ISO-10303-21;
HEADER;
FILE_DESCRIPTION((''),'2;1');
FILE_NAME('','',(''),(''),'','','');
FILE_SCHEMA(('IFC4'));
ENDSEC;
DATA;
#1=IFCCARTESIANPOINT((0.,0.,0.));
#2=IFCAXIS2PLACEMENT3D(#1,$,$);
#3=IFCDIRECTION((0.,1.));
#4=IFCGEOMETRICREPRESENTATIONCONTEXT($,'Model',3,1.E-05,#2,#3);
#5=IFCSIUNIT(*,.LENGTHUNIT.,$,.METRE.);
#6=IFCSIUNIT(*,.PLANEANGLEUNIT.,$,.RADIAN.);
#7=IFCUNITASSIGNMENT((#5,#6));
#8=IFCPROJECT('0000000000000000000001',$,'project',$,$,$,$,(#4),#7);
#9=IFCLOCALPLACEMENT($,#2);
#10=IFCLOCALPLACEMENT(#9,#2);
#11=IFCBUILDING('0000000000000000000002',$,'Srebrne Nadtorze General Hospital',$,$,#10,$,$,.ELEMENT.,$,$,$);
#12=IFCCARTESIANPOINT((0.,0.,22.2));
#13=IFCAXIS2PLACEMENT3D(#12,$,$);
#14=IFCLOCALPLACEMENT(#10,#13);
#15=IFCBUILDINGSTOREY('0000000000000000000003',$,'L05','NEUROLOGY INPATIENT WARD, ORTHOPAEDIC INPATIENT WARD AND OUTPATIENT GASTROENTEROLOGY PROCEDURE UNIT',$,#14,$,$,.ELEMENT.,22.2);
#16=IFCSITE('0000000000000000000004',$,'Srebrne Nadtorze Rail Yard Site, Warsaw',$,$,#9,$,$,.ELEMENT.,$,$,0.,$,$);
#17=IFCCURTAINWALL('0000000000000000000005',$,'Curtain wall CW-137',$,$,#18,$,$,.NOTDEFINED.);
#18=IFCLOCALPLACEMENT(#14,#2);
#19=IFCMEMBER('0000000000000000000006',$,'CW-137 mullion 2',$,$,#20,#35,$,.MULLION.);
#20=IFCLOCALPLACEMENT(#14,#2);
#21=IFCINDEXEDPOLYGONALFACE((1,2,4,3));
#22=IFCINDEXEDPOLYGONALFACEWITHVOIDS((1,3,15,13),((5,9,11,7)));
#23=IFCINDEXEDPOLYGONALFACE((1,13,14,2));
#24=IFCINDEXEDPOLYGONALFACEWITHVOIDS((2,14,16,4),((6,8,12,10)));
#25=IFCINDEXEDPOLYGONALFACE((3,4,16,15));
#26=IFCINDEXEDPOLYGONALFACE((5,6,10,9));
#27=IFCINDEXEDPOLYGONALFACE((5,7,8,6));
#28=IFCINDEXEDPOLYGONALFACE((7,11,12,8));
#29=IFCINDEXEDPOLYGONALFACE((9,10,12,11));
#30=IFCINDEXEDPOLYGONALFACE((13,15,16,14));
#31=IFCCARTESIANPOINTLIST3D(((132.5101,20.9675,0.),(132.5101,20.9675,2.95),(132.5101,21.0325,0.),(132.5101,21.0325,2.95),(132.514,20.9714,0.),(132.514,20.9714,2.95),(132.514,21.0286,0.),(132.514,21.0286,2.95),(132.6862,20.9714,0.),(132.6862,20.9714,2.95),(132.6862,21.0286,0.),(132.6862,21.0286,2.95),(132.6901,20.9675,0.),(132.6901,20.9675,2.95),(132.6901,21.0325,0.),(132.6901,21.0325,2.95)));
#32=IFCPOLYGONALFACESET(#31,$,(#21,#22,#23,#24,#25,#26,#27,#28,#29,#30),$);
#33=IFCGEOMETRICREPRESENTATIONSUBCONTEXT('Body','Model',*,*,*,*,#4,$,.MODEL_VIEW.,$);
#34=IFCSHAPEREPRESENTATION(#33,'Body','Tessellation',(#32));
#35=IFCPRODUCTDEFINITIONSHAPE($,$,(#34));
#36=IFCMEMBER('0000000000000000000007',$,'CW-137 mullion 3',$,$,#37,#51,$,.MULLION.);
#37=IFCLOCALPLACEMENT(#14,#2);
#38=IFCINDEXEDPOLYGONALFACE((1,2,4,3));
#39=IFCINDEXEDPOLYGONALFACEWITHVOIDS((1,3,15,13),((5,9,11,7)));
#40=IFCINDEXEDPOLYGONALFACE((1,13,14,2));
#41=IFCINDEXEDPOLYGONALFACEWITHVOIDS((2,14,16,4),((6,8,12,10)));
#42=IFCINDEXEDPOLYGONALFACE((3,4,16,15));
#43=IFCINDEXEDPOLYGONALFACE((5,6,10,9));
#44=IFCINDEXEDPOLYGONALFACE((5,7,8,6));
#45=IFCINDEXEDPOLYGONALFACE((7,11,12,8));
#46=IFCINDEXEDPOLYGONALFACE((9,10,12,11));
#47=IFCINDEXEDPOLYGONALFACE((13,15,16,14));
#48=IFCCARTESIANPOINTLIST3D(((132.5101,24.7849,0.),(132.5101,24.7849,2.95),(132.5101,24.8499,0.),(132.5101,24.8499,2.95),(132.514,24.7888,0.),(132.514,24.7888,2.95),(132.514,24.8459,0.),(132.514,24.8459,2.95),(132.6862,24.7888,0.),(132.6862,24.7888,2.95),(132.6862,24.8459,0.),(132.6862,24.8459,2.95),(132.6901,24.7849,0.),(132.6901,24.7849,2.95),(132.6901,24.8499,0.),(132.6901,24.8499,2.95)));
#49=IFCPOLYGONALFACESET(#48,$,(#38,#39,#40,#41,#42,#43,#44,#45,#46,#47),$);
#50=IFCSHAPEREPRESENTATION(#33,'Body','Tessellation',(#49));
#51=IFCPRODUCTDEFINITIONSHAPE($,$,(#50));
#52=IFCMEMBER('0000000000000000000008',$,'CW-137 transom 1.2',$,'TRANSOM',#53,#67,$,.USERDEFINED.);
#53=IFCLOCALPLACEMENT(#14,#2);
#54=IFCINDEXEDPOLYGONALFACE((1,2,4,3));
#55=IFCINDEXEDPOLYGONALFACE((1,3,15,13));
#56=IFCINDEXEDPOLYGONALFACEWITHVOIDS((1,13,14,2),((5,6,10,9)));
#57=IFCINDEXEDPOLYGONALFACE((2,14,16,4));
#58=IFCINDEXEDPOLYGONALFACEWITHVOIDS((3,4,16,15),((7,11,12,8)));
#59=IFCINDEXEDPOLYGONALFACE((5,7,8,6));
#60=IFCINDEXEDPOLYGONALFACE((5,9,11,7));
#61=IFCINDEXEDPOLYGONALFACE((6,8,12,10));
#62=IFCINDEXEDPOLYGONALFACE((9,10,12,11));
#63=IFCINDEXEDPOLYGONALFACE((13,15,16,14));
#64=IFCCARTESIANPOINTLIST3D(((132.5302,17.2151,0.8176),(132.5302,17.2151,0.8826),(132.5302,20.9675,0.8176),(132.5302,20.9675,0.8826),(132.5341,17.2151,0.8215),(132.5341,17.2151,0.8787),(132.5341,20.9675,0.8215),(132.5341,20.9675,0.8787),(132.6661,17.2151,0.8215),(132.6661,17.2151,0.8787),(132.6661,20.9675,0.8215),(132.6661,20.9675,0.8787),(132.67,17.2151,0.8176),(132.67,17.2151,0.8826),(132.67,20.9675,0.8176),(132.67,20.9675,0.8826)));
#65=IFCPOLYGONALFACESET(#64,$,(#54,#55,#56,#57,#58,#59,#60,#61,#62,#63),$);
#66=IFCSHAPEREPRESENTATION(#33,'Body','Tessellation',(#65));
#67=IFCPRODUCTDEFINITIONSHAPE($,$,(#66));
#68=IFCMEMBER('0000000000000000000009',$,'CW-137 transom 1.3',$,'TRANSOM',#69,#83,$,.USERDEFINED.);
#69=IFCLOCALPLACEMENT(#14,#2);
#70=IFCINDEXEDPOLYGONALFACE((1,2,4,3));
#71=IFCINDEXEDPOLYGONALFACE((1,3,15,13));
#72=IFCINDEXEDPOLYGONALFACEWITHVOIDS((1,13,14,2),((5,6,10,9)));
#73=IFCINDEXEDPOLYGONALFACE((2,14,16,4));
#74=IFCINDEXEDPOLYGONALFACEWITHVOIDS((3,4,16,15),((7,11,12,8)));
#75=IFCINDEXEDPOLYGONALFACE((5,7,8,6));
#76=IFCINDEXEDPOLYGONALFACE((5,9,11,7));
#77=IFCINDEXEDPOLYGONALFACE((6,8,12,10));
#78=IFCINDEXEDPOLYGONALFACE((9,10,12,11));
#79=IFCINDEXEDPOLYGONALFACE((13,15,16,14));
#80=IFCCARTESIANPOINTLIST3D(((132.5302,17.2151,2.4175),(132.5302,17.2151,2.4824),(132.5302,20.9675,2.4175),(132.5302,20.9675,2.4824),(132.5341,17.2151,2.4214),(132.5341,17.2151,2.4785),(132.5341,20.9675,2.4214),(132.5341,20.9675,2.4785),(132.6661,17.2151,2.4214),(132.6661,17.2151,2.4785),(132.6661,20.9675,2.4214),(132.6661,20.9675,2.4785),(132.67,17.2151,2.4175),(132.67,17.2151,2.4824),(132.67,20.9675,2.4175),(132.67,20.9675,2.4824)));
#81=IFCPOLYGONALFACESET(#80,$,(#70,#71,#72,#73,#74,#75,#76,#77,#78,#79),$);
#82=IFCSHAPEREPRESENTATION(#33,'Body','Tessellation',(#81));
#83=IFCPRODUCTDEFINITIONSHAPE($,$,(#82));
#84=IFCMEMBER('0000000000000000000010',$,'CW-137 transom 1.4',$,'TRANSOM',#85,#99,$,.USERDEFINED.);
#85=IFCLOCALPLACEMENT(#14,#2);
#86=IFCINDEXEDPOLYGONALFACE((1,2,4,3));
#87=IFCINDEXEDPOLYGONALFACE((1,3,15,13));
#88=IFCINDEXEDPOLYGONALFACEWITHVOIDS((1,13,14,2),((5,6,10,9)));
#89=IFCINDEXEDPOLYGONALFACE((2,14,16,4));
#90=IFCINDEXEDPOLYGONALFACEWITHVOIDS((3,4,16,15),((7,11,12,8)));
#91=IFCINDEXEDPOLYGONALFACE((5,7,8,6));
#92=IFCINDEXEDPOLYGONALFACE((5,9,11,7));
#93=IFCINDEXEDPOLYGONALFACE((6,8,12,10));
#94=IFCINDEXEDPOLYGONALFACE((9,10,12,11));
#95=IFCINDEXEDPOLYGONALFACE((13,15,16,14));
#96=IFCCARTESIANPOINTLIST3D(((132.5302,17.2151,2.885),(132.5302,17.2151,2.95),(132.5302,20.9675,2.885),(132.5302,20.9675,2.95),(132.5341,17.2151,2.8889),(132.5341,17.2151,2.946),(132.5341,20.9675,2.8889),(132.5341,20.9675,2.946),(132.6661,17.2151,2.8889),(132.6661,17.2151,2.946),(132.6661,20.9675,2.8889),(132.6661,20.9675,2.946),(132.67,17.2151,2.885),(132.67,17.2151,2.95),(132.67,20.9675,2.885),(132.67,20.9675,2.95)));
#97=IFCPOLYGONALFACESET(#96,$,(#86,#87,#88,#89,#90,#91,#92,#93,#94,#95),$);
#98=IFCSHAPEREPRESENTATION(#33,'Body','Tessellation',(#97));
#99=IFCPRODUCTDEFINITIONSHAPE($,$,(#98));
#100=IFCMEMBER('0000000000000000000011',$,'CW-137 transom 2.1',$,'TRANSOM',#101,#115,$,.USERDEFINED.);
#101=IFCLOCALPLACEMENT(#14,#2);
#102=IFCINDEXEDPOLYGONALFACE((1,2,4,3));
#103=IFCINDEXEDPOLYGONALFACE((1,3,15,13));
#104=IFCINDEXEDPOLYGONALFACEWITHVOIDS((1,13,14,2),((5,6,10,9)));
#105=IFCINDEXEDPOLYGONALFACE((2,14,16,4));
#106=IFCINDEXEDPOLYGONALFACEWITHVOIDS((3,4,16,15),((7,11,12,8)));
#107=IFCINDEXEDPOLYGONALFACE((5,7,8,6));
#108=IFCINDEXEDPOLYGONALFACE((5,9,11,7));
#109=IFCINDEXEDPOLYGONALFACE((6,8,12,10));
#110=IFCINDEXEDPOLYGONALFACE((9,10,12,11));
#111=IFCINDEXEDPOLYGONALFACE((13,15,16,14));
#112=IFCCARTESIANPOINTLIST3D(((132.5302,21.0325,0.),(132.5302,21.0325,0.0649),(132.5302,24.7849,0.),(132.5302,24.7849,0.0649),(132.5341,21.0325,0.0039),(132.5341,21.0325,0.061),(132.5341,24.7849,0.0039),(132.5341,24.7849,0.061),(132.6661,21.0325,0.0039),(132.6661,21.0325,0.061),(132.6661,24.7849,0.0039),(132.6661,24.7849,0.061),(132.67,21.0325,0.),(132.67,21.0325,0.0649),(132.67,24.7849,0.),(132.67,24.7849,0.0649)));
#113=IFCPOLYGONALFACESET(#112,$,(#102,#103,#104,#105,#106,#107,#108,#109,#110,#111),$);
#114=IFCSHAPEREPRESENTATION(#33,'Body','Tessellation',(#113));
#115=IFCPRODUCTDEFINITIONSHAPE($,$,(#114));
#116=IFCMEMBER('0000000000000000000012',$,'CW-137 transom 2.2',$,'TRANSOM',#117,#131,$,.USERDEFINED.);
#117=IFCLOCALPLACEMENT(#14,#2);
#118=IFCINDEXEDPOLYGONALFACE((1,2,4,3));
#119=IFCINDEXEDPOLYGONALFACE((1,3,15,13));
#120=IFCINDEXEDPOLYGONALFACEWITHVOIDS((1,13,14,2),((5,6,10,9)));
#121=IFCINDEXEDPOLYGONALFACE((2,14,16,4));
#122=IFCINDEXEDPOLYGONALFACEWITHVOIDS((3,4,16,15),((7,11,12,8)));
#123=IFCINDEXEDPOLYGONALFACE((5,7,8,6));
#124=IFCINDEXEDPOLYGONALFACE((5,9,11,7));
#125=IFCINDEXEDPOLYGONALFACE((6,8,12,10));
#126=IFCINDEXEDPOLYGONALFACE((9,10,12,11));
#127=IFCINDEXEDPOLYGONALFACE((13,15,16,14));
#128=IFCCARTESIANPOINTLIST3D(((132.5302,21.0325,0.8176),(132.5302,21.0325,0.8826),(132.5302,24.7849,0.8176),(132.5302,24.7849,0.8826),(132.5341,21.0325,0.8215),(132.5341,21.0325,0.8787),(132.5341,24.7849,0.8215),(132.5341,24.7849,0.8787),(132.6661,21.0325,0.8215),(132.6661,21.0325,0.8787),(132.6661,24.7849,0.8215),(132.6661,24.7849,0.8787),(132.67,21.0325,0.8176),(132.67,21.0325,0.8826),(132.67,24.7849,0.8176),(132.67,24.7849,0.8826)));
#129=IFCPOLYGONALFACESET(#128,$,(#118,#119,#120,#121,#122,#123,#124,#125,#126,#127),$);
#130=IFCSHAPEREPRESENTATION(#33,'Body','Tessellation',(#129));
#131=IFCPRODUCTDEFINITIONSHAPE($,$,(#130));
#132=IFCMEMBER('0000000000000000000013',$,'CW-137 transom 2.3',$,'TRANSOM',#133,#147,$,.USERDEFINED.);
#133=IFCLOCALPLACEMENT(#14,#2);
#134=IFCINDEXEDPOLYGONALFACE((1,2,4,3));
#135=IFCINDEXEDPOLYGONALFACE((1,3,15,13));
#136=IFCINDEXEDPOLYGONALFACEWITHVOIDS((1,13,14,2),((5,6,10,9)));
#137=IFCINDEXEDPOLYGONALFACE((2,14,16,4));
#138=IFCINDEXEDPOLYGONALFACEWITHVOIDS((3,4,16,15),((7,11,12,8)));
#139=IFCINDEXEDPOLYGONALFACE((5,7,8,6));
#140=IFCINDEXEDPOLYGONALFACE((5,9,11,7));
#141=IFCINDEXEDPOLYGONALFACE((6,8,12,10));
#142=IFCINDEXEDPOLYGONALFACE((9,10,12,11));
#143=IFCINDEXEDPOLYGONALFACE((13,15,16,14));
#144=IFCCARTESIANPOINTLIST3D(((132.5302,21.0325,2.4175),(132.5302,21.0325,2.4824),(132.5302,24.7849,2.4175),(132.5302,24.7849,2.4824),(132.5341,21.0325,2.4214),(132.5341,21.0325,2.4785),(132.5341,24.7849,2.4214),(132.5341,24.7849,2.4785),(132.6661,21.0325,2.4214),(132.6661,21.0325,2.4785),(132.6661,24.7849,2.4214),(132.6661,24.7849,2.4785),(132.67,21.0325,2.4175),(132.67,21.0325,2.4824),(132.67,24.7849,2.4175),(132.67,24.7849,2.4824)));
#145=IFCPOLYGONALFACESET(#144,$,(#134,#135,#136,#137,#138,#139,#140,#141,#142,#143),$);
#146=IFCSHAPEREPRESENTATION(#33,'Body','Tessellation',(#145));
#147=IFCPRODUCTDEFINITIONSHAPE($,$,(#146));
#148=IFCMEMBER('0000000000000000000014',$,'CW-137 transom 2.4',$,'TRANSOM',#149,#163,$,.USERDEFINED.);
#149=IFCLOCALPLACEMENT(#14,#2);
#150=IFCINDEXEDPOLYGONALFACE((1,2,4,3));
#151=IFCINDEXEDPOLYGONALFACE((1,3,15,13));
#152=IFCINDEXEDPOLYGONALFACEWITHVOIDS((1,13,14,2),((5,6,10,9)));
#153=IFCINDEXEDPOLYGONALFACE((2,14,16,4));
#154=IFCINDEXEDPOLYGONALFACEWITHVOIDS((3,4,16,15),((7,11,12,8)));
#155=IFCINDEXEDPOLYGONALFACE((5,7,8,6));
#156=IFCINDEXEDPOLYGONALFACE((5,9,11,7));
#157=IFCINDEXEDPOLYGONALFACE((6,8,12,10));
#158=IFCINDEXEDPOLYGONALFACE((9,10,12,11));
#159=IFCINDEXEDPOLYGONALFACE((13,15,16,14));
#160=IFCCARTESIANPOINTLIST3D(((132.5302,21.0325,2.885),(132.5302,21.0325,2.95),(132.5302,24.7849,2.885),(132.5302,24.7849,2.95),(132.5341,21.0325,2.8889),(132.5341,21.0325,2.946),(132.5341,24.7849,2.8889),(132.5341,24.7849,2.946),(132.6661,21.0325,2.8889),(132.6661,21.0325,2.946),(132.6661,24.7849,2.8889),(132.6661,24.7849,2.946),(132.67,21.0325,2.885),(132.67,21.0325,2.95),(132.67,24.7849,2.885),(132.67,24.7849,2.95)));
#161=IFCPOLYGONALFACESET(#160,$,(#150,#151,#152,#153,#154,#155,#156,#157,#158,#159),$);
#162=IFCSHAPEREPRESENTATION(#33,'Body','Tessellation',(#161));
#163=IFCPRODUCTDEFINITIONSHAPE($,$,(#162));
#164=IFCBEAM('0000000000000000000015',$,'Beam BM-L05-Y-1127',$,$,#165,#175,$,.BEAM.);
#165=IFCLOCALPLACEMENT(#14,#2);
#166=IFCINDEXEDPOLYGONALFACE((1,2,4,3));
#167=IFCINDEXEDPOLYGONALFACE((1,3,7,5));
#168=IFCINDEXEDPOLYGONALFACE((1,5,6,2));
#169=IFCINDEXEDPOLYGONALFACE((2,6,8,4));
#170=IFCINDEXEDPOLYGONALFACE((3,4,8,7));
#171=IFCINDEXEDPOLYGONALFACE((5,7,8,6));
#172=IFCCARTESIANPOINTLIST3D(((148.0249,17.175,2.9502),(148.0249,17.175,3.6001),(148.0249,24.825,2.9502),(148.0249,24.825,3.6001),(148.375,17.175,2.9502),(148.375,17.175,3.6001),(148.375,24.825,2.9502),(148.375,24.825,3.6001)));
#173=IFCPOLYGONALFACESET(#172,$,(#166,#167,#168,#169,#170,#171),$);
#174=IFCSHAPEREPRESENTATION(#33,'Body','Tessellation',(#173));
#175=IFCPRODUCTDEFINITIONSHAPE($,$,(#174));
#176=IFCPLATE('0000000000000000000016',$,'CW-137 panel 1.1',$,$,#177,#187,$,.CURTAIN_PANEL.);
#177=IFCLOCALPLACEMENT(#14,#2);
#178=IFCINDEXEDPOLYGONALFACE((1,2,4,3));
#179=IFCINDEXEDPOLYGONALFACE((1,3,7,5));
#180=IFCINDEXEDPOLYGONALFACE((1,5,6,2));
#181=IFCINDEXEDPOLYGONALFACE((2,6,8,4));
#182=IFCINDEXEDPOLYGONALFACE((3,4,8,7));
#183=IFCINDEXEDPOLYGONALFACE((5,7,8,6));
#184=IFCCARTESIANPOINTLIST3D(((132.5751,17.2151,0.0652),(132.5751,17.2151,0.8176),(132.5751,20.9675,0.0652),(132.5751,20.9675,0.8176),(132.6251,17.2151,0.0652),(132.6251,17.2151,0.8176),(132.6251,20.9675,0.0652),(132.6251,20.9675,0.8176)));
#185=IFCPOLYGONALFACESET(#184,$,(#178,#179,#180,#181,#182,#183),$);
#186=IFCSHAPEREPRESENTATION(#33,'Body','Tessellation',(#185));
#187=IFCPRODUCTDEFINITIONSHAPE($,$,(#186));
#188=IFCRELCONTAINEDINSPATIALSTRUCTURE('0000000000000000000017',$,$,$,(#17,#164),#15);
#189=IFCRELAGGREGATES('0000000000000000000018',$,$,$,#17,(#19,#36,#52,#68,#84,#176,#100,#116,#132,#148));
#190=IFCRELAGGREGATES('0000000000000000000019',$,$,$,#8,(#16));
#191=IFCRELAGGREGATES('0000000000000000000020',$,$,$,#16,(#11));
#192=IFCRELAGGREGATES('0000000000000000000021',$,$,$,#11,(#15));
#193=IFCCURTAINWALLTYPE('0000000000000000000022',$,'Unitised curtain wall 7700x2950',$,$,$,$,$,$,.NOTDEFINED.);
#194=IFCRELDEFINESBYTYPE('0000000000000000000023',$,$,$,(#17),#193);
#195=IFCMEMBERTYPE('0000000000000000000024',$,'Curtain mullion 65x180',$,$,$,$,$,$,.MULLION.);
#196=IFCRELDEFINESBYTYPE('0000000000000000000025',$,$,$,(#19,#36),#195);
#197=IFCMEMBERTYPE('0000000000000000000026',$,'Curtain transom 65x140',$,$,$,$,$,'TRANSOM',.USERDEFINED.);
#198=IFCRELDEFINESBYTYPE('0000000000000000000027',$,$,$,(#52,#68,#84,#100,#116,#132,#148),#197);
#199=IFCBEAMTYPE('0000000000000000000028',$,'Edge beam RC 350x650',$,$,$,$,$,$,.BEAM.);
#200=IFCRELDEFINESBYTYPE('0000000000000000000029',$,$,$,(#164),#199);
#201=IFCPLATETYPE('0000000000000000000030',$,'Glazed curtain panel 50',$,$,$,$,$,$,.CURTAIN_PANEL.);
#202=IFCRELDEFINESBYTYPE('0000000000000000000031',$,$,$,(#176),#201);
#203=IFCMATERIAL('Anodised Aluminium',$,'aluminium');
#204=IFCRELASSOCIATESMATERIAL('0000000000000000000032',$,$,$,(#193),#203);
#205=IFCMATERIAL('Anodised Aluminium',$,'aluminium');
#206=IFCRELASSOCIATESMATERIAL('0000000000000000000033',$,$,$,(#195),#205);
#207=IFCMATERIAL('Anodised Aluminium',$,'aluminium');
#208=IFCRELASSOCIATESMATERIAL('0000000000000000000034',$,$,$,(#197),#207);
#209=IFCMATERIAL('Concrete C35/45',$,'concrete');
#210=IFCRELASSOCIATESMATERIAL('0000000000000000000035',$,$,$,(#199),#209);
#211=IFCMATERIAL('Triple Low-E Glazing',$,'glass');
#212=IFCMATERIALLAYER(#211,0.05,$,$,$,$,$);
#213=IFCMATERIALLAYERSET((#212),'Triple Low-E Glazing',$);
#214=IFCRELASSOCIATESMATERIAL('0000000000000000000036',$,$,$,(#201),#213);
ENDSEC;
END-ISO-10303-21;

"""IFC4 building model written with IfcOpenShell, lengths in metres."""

from ifc_helpers import new_model, si_unit, direction, frame, origin, origin_2d, place, context, subcontext, project, spatial, rectangle, hollow_rectangle, extrude, material, layer, layer_set, material_profile, profile_set, type_object, element, aggregate, save


model = new_model("IFC4")

# Units and contexts
model_context = context("Model", 3, precision=1e-05, world=origin(), true_north=direction((0.0, 1.0)))
body_context = subcontext(model_context, "Body", "Model", "MODEL_VIEW")
ifc_project = project(units=[si_unit("LENGTHUNIT", "METRE"), si_unit("PLANEANGLEUNIT", "RADIAN")], contexts=[model_context])

# Site, building, storey
site_placement = place(None, origin())
site = spatial("IfcSite", under=ifc_project, at=site_placement, Name="Srebrne Nadtorze Rail Yard Site, Warsaw", CompositionType="ELEMENT", RefElevation=0.0)
building_placement = place(site_placement, origin())
building = spatial("IfcBuilding", under=site, at=building_placement, Name="Srebrne Nadtorze General Hospital", CompositionType="ELEMENT")
storey_placement = place(building_placement, frame((0.0, 0.0, 22.2)))
storey = spatial("IfcBuildingStorey", under=building, at=storey_placement, Name="L05", Description="NEUROLOGY INPATIENT WARD, ORTHOPAEDIC INPATIENT WARD AND OUTPATIENT GASTROENTEROLOGY PROCEDURE UNIT", CompositionType="ELEMENT", Elevation=22.2)

# Curtain wall, members
ifc_material_1 = material(Name="Anodised Aluminium", Category="aluminium")
curtain_wall_type = type_object("IfcCurtainWallType", Name="Unitised curtain wall 7700x2950", PredefinedType="NOTDEFINED", material=ifc_material_1)
curtain_wall_placement = place(storey_placement, origin())
curtain_wall = element("IfcCurtainWall", 1, at=curtain_wall_placement, inside=storey, type_object=curtain_wall_type, Name="Curtain wall CW-137", PredefinedType="NOTDEFINED")
ifc_material_2 = material(Name="Anodised Aluminium", Category="aluminium")
ifc_material_profile_1 = material_profile(ifc_material_2, hollow_rectangle(XDim=0.0649, YDim=0.1799, WallThickness=0.0039, at=origin_2d()), Name="AL-MUL-65x180")
ifc_profile_set_1 = profile_set([ifc_material_profile_1], Name="Anodised Aluminium")
member_type_1 = type_object("IfcMemberType", Name="Curtain mullion 65x180", PredefinedType="MULLION", material=ifc_profile_set_1)
member_1_placement = place(storey_placement, frame((132.6001, 21.0, 0.0), z_axis=(0.0, 0.0, 1.0), x_axis=(0.0, 1.0, 0.0)))
member_1 = element("IfcMember", 2, at=member_1_placement, type_object=member_type_1, Name="CW-137 mullion 2", PredefinedType="MULLION", context=body_context, shape_type="SweptSolid", body=[
    extrude(hollow_rectangle(XDim=0.0649, YDim=0.1799, WallThickness=0.0039, at=origin_2d()), origin(), (0.0, 0.0, 1.0), 2.95),
])
member_2_placement = place(storey_placement, frame((132.6001, 24.8174, 0.0), z_axis=(0.0, 0.0, 1.0), x_axis=(0.0, 1.0, 0.0)))
member_2 = element("IfcMember", 3, at=member_2_placement, type_object=member_type_1, Name="CW-137 mullion 3", PredefinedType="MULLION", context=body_context, shape_type="SweptSolid", body=[
    extrude(hollow_rectangle(XDim=0.0649, YDim=0.1799, WallThickness=0.0039, at=origin_2d()), origin(), (0.0, 0.0, 1.0), 2.95),
])
ifc_material_3 = material(Name="Anodised Aluminium", Category="aluminium")
ifc_material_profile_2 = material_profile(ifc_material_3, hollow_rectangle(XDim=0.0649, YDim=0.1399, WallThickness=0.0039, at=origin_2d()), Name="AL-TRN-65x140")
ifc_profile_set_2 = profile_set([ifc_material_profile_2], Name="Anodised Aluminium")
member_type_2 = type_object("IfcMemberType", Name="Curtain transom 65x140", ElementType="TRANSOM", PredefinedType="USERDEFINED", material=ifc_profile_set_2)
member_3_placement = place(storey_placement, frame((132.6001, 17.2151, 0.8501), z_axis=(0.0, 1.0, 0.0), x_axis=(0.0, 0.0, 1.0)))
member_3 = element("IfcMember", 4, at=member_3_placement, type_object=member_type_2, Name="CW-137 transom 1.2", ObjectType="TRANSOM", PredefinedType="USERDEFINED", context=body_context, shape_type="SweptSolid", body=[
    extrude(hollow_rectangle(XDim=0.0649, YDim=0.1399, WallThickness=0.0039, at=origin_2d()), origin(), (0.0, 0.0, 1.0), 3.7524),
])
member_4_placement = place(storey_placement, frame((132.6001, 17.2151, 2.45), z_axis=(0.0, 1.0, 0.0), x_axis=(0.0, 0.0, 1.0)))
member_4 = element("IfcMember", 5, at=member_4_placement, type_object=member_type_2, Name="CW-137 transom 1.3", ObjectType="TRANSOM", PredefinedType="USERDEFINED", context=body_context, shape_type="SweptSolid", body=[
    extrude(hollow_rectangle(XDim=0.0649, YDim=0.1399, WallThickness=0.0039, at=origin_2d()), origin(), (0.0, 0.0, 1.0), 3.7524),
])
member_5_placement = place(storey_placement, frame((132.6001, 17.2151, 2.9175), z_axis=(0.0, 1.0, 0.0), x_axis=(0.0, 0.0, 1.0)))
member_5 = element("IfcMember", 6, at=member_5_placement, type_object=member_type_2, Name="CW-137 transom 1.4", ObjectType="TRANSOM", PredefinedType="USERDEFINED", context=body_context, shape_type="SweptSolid", body=[
    extrude(hollow_rectangle(XDim=0.0649, YDim=0.1399, WallThickness=0.0039, at=origin_2d()), origin(), (0.0, 0.0, 1.0), 3.7524),
])
member_6_placement = place(storey_placement, frame((132.6001, 21.0325, 0.0325), z_axis=(0.0, 1.0, 0.0), x_axis=(0.0, 0.0, 1.0)))
member_6 = element("IfcMember", 7, at=member_6_placement, type_object=member_type_2, Name="CW-137 transom 2.1", ObjectType="TRANSOM", PredefinedType="USERDEFINED", context=body_context, shape_type="SweptSolid", body=[
    extrude(hollow_rectangle(XDim=0.0649, YDim=0.1399, WallThickness=0.0039, at=origin_2d()), origin(), (0.0, 0.0, 1.0), 3.7524),
])
member_7_placement = place(storey_placement, frame((132.6001, 21.0325, 0.8501), z_axis=(0.0, 1.0, 0.0), x_axis=(0.0, 0.0, 1.0)))
member_7 = element("IfcMember", 8, at=member_7_placement, type_object=member_type_2, Name="CW-137 transom 2.2", ObjectType="TRANSOM", PredefinedType="USERDEFINED", context=body_context, shape_type="SweptSolid", body=[
    extrude(hollow_rectangle(XDim=0.0649, YDim=0.1399, WallThickness=0.0039, at=origin_2d()), origin(), (0.0, 0.0, 1.0), 3.7524),
])
member_8_placement = place(storey_placement, frame((132.6001, 21.0325, 2.45), z_axis=(0.0, 1.0, 0.0), x_axis=(0.0, 0.0, 1.0)))
member_8 = element("IfcMember", 9, at=member_8_placement, type_object=member_type_2, Name="CW-137 transom 2.3", ObjectType="TRANSOM", PredefinedType="USERDEFINED", context=body_context, shape_type="SweptSolid", body=[
    extrude(hollow_rectangle(XDim=0.0649, YDim=0.1399, WallThickness=0.0039, at=origin_2d()), origin(), (0.0, 0.0, 1.0), 3.7524),
])
member_9_placement = place(storey_placement, frame((132.6001, 21.0325, 2.9175), z_axis=(0.0, 1.0, 0.0), x_axis=(0.0, 0.0, 1.0)))
member_9 = element("IfcMember", 10, at=member_9_placement, type_object=member_type_2, Name="CW-137 transom 2.4", ObjectType="TRANSOM", PredefinedType="USERDEFINED", context=body_context, shape_type="SweptSolid", body=[
    extrude(hollow_rectangle(XDim=0.0649, YDim=0.1399, WallThickness=0.0039, at=origin_2d()), origin(), (0.0, 0.0, 1.0), 3.7524),
])

# Beam
ifc_material_4 = material(Name="Concrete C35/45", Category="concrete")
ifc_material_profile_3 = material_profile(ifc_material_4, rectangle(XDim=0.3501, YDim=0.6499, at=origin_2d()), Name="RC-BM-350x650")
ifc_profile_set_3 = profile_set([ifc_material_profile_3], Name="Concrete C35/45")
beam_type = type_object("IfcBeamType", Name="Edge beam RC 350x650", PredefinedType="BEAM", material=ifc_profile_set_3)
beam_placement = place(storey_placement, frame((148.2, 17.175, 3.2751), z_axis=(0.0, 1.0, 0.0), x_axis=(-1.0, 0.0, 0.0)))
element("IfcBeam", 11, at=beam_placement, inside=storey, type_object=beam_type, Name="Beam BM-L05-Y-1127", PredefinedType="BEAM", context=body_context, shape_type="SweptSolid", body=[
    extrude(rectangle(XDim=0.3501, YDim=0.6499, at=origin_2d()), origin(), (0.0, 0.0, 1.0), 7.6499),
])

# Plate
ifc_material_5 = material(Name="Triple Low-E Glazing", Category="glass")
ifc_layer_1 = layer(ifc_material_5, 0.05)
ifc_layer_set_1 = layer_set([ifc_layer_1], Name="Triple Low-E Glazing")
plate_type = type_object("IfcPlateType", Name="Glazed curtain panel 50", PredefinedType="CURTAIN_PANEL", material=ifc_layer_set_1)
plate_1_placement = place(storey_placement, frame((132.6001, 19.0913, 0.0652), z_axis=(0.0, 0.0, 1.0), x_axis=(0.0, 1.0, 0.0)))
plate_1 = element("IfcPlate", 12, at=plate_1_placement, type_object=plate_type, Name="CW-137 panel 1.1", PredefinedType="CURTAIN_PANEL", context=body_context, shape_type="SweptSolid", body=[
    extrude(rectangle(XDim=3.7524, YDim=0.05, at=origin_2d()), origin(), (0.0, 0.0, 1.0), 0.7524),
])
aggregate(curtain_wall, [member_1, member_2, member_3, member_4, member_5, plate_1, member_6, member_7, member_8, member_9])

save(model, "model.ifc")
